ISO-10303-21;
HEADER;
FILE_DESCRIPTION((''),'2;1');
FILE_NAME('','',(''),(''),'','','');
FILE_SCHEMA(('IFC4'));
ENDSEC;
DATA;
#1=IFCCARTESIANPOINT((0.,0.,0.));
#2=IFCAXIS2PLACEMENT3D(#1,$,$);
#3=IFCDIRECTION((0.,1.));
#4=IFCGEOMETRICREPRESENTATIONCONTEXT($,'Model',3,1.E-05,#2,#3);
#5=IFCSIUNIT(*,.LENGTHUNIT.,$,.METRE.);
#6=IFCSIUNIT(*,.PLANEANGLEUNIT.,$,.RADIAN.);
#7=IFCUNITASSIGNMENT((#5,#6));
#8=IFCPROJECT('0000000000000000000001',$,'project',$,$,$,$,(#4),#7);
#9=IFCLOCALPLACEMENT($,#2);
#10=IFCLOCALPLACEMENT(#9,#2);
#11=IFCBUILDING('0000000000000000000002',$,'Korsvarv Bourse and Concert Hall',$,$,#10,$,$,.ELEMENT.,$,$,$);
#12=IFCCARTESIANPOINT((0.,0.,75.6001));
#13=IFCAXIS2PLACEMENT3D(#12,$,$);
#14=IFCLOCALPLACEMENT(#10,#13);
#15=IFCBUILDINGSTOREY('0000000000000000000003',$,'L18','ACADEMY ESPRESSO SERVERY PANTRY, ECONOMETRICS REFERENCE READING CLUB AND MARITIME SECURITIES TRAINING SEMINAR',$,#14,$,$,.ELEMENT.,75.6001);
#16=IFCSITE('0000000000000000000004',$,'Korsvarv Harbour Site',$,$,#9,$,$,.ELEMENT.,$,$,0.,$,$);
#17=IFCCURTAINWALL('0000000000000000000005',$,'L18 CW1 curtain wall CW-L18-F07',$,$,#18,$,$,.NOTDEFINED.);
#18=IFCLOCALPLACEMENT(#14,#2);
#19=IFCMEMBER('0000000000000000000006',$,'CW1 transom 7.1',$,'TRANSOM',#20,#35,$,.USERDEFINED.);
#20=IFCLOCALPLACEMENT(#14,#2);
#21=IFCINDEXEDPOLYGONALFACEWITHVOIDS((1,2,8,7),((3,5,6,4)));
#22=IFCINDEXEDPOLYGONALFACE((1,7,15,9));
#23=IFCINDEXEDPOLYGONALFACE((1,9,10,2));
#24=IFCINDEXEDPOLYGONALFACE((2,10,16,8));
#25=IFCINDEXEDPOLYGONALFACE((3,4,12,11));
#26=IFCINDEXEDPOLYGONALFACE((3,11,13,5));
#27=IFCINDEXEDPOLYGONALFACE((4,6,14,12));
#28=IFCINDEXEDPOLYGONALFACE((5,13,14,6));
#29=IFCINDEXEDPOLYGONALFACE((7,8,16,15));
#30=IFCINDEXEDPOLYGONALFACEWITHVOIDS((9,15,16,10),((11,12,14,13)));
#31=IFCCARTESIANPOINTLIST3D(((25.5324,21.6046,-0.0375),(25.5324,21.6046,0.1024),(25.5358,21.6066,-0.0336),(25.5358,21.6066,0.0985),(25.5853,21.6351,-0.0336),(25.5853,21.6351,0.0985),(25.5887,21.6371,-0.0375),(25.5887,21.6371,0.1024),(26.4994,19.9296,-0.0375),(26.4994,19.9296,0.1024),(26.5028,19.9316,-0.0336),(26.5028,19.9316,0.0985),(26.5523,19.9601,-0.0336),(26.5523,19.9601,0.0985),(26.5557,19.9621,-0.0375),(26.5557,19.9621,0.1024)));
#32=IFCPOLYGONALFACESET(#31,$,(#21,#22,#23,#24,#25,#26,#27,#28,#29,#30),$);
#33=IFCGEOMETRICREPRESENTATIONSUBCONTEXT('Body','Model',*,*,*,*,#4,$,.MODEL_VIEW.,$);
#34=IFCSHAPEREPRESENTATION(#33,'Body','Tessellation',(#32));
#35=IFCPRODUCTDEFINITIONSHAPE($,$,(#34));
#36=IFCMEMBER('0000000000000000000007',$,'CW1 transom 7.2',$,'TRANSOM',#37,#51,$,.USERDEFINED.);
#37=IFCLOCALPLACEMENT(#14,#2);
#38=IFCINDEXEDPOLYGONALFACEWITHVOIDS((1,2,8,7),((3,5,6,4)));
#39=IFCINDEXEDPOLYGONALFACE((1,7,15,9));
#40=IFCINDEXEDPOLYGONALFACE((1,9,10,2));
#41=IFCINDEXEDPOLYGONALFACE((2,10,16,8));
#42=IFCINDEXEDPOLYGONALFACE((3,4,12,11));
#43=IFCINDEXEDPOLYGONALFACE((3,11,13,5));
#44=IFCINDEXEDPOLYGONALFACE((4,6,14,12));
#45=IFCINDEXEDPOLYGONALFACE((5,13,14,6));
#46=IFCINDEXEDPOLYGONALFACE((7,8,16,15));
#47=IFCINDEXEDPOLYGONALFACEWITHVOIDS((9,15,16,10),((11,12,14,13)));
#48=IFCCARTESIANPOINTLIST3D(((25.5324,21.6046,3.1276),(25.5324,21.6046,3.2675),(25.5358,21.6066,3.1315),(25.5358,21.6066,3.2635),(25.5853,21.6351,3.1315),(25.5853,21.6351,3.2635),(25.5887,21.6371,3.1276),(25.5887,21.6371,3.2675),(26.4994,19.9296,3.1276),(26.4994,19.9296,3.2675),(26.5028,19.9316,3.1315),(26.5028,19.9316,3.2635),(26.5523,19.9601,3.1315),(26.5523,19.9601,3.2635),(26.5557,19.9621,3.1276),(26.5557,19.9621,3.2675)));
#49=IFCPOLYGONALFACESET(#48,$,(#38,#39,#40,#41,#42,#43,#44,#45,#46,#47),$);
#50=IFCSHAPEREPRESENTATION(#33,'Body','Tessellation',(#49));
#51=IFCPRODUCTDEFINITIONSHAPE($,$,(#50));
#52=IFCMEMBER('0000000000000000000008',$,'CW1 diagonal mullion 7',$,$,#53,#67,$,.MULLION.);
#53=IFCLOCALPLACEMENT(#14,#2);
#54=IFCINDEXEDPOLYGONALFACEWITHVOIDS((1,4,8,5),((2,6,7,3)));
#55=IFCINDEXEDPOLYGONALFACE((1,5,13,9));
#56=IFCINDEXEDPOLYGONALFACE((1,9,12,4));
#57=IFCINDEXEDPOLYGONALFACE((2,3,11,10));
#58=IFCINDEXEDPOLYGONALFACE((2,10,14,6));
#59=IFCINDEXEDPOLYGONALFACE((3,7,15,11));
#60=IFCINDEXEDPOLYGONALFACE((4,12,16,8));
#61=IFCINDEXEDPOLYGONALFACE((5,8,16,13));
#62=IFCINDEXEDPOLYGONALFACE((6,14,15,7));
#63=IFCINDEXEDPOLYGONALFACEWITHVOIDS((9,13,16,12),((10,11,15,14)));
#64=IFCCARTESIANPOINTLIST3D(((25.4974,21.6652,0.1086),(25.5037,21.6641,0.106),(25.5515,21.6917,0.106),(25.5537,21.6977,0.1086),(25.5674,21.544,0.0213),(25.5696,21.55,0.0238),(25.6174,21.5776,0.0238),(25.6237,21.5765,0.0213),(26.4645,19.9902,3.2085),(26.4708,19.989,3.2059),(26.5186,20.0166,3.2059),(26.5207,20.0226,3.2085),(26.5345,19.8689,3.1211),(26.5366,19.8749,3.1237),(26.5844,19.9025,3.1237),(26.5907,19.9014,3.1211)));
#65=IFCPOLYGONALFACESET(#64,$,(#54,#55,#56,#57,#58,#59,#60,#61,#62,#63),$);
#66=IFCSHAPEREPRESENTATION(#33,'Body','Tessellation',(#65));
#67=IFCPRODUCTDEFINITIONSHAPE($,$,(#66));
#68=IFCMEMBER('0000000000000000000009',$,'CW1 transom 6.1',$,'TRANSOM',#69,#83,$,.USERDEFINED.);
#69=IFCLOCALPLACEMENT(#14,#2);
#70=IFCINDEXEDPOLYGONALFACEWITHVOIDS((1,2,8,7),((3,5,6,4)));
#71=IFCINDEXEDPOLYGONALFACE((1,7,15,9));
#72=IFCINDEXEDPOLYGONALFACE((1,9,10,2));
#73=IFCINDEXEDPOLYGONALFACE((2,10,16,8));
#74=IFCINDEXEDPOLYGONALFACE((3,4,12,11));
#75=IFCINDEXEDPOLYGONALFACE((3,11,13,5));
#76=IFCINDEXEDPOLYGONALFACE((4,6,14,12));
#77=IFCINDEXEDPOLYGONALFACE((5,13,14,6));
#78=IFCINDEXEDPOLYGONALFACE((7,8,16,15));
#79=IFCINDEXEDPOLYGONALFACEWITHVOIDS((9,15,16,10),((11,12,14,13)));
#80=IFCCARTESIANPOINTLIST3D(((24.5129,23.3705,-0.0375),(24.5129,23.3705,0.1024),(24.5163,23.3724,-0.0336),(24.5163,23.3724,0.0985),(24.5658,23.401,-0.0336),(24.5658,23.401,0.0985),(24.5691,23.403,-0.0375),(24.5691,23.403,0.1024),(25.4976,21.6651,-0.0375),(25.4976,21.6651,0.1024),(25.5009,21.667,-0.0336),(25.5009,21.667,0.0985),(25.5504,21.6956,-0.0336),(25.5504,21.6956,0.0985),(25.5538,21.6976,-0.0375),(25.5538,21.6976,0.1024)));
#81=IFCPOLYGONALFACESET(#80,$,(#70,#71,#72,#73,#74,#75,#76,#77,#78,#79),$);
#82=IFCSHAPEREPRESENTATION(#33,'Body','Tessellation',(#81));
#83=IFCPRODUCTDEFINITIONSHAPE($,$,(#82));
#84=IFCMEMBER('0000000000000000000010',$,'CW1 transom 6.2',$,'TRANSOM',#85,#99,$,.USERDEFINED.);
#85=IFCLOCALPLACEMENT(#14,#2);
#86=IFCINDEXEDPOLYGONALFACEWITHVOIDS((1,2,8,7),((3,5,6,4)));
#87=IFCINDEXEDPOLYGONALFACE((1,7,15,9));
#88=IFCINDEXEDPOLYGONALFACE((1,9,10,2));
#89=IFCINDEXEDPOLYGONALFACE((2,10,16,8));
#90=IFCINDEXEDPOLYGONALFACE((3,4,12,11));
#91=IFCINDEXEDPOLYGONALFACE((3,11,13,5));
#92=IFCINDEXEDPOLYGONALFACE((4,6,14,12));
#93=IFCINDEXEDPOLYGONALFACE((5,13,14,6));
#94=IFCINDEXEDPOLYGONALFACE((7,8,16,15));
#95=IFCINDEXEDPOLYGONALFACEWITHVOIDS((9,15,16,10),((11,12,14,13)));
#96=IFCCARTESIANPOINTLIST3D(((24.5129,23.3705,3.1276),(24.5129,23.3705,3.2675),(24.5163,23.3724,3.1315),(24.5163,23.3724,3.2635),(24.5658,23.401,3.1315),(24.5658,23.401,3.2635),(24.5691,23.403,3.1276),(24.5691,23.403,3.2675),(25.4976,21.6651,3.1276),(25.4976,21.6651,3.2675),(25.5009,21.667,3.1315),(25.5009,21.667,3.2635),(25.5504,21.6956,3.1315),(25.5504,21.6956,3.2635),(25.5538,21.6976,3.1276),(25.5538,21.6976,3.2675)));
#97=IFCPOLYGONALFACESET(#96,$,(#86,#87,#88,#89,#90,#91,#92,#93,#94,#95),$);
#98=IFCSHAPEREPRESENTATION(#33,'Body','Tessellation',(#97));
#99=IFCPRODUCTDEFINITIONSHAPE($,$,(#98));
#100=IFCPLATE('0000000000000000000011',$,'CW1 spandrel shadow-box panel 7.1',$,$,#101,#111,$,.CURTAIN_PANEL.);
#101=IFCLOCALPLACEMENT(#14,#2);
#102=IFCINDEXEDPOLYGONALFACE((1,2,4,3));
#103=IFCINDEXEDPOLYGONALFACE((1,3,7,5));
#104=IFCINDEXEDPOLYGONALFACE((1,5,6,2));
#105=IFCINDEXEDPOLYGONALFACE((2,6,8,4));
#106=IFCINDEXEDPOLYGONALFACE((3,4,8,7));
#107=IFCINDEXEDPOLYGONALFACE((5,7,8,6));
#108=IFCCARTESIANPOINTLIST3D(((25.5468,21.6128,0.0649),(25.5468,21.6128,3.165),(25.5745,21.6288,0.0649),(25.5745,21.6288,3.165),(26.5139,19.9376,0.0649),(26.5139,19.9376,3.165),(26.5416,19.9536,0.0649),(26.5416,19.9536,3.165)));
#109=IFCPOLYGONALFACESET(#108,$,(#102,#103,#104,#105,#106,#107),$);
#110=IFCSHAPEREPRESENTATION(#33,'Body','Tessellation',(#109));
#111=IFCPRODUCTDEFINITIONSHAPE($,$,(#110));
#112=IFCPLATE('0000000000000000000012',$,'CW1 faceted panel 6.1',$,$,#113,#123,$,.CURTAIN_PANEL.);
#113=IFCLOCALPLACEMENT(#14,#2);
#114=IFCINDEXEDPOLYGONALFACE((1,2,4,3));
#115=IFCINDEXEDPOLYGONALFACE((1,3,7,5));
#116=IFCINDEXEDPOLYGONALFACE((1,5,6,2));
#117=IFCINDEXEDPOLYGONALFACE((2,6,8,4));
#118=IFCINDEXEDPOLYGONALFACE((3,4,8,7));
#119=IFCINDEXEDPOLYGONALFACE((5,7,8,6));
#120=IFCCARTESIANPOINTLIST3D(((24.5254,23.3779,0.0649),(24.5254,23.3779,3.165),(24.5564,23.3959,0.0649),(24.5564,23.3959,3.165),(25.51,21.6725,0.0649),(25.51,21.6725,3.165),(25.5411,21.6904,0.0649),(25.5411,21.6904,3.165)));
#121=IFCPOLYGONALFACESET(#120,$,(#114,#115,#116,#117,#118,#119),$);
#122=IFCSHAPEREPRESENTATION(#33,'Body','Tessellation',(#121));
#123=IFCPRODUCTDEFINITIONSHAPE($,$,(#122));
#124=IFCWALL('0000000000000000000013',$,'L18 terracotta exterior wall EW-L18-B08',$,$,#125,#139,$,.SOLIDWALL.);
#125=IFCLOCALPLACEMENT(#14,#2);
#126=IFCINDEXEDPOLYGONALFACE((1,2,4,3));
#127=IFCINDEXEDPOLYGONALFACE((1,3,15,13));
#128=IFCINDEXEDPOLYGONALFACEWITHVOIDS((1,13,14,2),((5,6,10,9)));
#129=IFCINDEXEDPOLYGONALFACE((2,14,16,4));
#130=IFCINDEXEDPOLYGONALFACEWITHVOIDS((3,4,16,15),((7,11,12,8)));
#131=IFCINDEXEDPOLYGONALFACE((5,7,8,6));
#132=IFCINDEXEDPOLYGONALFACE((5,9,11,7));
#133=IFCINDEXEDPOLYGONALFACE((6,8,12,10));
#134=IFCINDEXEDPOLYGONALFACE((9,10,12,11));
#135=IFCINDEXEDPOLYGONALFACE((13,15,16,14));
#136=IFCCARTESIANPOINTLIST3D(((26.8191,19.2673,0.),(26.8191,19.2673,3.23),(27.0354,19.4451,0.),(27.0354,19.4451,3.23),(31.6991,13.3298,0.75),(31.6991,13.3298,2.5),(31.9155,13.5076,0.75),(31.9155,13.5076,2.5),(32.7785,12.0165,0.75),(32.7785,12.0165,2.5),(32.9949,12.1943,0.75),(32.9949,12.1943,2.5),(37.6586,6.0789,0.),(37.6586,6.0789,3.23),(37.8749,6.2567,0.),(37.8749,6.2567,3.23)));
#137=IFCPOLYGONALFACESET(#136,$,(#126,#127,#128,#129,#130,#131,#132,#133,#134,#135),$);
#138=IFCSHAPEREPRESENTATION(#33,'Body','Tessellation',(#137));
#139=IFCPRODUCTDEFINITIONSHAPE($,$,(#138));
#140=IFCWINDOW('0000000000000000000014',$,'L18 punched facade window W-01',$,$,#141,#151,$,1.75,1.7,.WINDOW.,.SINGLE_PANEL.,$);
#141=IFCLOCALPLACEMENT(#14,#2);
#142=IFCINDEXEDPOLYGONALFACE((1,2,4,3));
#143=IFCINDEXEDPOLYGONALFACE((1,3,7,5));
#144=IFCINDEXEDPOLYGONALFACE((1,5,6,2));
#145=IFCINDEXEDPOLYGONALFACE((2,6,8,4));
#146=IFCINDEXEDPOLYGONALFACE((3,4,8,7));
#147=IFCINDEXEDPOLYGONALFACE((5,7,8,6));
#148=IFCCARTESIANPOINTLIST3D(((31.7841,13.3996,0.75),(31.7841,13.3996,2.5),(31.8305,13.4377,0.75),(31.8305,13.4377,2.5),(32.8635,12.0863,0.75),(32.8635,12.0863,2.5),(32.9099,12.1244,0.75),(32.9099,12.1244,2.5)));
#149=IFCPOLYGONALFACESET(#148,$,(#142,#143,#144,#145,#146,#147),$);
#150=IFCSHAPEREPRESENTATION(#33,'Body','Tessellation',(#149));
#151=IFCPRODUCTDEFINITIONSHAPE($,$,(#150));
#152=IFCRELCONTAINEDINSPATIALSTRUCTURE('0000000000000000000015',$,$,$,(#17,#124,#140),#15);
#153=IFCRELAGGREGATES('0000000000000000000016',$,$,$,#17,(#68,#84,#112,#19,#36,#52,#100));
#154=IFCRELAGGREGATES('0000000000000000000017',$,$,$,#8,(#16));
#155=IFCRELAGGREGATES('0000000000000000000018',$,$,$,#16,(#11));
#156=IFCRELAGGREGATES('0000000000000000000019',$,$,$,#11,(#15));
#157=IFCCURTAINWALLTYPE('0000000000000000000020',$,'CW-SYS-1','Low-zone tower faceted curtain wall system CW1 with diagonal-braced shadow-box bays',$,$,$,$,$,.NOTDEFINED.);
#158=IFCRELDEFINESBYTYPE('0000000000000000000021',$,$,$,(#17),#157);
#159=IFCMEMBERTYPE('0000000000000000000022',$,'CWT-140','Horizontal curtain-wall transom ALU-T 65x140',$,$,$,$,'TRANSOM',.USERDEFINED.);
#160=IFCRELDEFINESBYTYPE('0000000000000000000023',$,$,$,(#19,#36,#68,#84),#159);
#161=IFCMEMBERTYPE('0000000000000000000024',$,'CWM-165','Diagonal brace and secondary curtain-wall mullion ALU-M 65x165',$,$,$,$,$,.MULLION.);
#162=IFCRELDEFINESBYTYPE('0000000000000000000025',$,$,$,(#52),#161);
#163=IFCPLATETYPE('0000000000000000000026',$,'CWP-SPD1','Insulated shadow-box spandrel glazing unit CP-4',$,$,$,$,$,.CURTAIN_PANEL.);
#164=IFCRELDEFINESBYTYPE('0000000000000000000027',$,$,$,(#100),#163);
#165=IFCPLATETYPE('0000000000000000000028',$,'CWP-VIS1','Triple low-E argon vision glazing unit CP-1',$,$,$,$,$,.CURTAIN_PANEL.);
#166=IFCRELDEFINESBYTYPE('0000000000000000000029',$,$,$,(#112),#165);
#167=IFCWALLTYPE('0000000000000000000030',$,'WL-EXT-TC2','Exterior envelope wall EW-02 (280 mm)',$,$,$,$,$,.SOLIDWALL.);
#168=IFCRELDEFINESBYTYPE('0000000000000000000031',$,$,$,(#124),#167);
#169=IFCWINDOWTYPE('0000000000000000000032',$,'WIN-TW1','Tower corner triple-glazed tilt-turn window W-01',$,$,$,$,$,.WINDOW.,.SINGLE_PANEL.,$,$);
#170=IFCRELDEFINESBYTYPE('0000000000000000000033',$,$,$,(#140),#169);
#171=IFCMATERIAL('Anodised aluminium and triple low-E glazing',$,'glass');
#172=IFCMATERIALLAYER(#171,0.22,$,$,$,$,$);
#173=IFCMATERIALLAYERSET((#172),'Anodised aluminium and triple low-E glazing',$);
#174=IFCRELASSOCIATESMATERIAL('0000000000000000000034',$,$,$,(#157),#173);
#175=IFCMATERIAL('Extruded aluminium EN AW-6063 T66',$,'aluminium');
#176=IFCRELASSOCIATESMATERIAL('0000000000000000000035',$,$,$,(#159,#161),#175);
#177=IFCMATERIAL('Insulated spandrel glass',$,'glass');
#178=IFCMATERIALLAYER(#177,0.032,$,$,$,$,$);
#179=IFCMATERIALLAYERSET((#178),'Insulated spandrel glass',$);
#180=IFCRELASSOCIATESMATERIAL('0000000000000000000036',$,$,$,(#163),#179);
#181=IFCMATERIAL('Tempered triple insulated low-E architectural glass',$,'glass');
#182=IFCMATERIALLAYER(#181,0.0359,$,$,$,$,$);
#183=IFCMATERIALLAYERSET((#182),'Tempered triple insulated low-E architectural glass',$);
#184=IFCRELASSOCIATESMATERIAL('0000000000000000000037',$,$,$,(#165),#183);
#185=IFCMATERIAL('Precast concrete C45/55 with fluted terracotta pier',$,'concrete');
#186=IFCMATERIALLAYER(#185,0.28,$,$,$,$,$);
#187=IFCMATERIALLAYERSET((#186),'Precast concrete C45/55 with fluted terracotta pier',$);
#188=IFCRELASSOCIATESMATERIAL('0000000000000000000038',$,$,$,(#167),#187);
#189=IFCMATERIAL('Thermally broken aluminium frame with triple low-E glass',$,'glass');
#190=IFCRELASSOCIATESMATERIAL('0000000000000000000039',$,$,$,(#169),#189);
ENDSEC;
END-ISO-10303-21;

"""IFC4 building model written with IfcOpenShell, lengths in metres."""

from ifc_helpers import new_model, si_unit, direction, frame, frame_2d, origin, origin_2d, place, context, subcontext, project, spatial, rectangle, hollow_rectangle, extrude, source, transform, mapped, material, layer, layer_set, material_profile, profile_set, type_object, element, fill, aggregate, save


model = new_model("IFC4")

# Units and contexts
model_context = context("Model", 3, precision=1e-05, world=origin(), true_north=direction((0.0, 1.0)))
body_context = subcontext(model_context, "Body", "Model", "MODEL_VIEW")
ifc_project = project(units=[si_unit("LENGTHUNIT", "METRE"), si_unit("PLANEANGLEUNIT", "RADIAN")], contexts=[model_context])

# Site, building, storey
site_placement = place(None, origin())
site = spatial("IfcSite", under=ifc_project, at=site_placement, Name="Korsvarv Harbour Site", CompositionType="ELEMENT", RefElevation=0.0)
building_placement = place(site_placement, origin())
building = spatial("IfcBuilding", under=site, at=building_placement, Name="Korsvarv Bourse and Concert Hall", CompositionType="ELEMENT")
storey_placement = place(building_placement, frame((0.0, 0.0, 75.6001)))
storey = spatial("IfcBuildingStorey", under=building, at=storey_placement, Name="L18", Description="ACADEMY ESPRESSO SERVERY PANTRY, ECONOMETRICS REFERENCE READING CLUB AND MARITIME SECURITIES TRAINING SEMINAR", CompositionType="ELEMENT", Elevation=75.6001)

# Curtain wall, members, plates
ifc_material_1 = material(Name="Anodised aluminium and triple low-E glazing", Category="glass")
ifc_layer_1 = layer(ifc_material_1, 0.22)
ifc_layer_set_1 = layer_set([ifc_layer_1], Name="Anodised aluminium and triple low-E glazing")
curtain_wall_type = type_object("IfcCurtainWallType", Name="CW-SYS-1", Description="Low-zone tower faceted curtain wall system CW1 with diagonal-braced shadow-box bays", PredefinedType="NOTDEFINED", material=ifc_layer_set_1)
curtain_wall_placement = place(storey_placement, origin())
curtain_wall = element("IfcCurtainWall", 1, at=curtain_wall_placement, inside=storey, type_object=curtain_wall_type, Name="L18 CW1 curtain wall CW-L18-F07", PredefinedType="NOTDEFINED")
ifc_material_2 = material(Name="Extruded aluminium EN AW-6063 T66", Category="aluminium")
ifc_material_profile_1 = material_profile(ifc_material_2, hollow_rectangle(XDim=0.0649, YDim=0.1399, WallThickness=0.0039, at=origin_2d()), Name="ALU-T 65x140")
ifc_profile_set_1 = profile_set([ifc_material_profile_1], Name="Extruded aluminium EN AW-6063 T66")
member_type_1 = type_object("IfcMemberType", Name="CWT-140", Description="Horizontal curtain-wall transom ALU-T 65x140", ElementType="TRANSOM", PredefinedType="USERDEFINED", material=ifc_profile_set_1)
shared_shape_1 = source(origin(), body_context, "Body", "SweptSolid", [
    extrude(hollow_rectangle(XDim=0.0649, YDim=0.1399, WallThickness=0.0039, at=origin_2d()), origin(), (0.0, 0.0, 1.0), 1.9341),
])
member_1_placement = place(storey_placement, frame((25.5605, 21.6208, 0.0325), z_axis=(0.499981, -0.866036, 0.0), x_axis=(0.866036, 0.499981, 0.0)))
member_1 = element("IfcMember", 2, at=member_1_placement, type_object=member_type_1, Name="CW1 transom 7.1", ObjectType="TRANSOM", PredefinedType="USERDEFINED", context=body_context, shape_type="MappedRepresentation", body=[
    mapped(shared_shape_1, transform((0.0, 0.0, 0.0), scale=1.0)),
])
member_2_placement = place(storey_placement, frame((25.5605, 21.6208, 3.1975), z_axis=(0.499981, -0.866036, 0.0), x_axis=(0.866036, 0.499981, 0.0)))
member_2 = element("IfcMember", 3, at=member_2_placement, type_object=member_type_1, Name="CW1 transom 7.2", ObjectType="TRANSOM", PredefinedType="USERDEFINED", context=body_context, shape_type="MappedRepresentation", body=[
    mapped(shared_shape_1, transform((0.0, 0.0, 0.0), scale=1.0)),
])
ifc_material_profile_2 = material_profile(ifc_material_2, hollow_rectangle(XDim=0.0649, YDim=0.165, WallThickness=0.0049, at=origin_2d()), Name="ALU-M 65x165")
ifc_profile_set_2 = profile_set([ifc_material_profile_2], Name="Extruded aluminium EN AW-6063 T66")
member_type_2 = type_object("IfcMemberType", Name="CWM-165", Description="Diagonal brace and secondary curtain-wall mullion ALU-M 65x165", PredefinedType="MULLION", material=ifc_profile_set_2)
shared_shape_2 = source(origin(), body_context, "Body", "SweptSolid", [
    extrude(hollow_rectangle(XDim=0.0649, YDim=0.165, WallThickness=0.0049, at=origin_2d()), origin(), (0.0, 0.0, 1.0), 3.6538),
])
member_3_placement = place(storey_placement, frame((25.5605, 21.6208, 0.0649), z_axis=(0.264669, -0.458444, 0.848398), x_axis=(0.866036, 0.499981, 0.0)))
member_3 = element("IfcMember", 4, at=member_3_placement, type_object=member_type_2, Name="CW1 diagonal mullion 7", PredefinedType="MULLION", context=body_context, shape_type="MappedRepresentation", body=[
    mapped(shared_shape_2, transform((0.0, 0.0, 0.0), scale=1.0)),
])
shared_shape_3 = source(origin(), body_context, "Body", "SweptSolid", [
    extrude(hollow_rectangle(XDim=0.0649, YDim=0.1399, WallThickness=0.0039, at=origin_2d()), origin(), (0.0, 0.0, 1.0), 1.9692),
])
member_4_placement = place(storey_placement, frame((24.541, 23.3867, 0.0325), z_axis=(0.500019, -0.866014, 0.0), x_axis=(0.866014, 0.500019, 0.0)))
member_4 = element("IfcMember", 5, at=member_4_placement, type_object=member_type_1, Name="CW1 transom 6.1", ObjectType="TRANSOM", PredefinedType="USERDEFINED", context=body_context, shape_type="MappedRepresentation", body=[
    mapped(shared_shape_3, transform((0.0, 0.0, 0.0), scale=1.0)),
])
member_5_placement = place(storey_placement, frame((24.541, 23.3867, 3.1975), z_axis=(0.500019, -0.866014, 0.0), x_axis=(0.866014, 0.500019, 0.0)))
member_5 = element("IfcMember", 6, at=member_5_placement, type_object=member_type_1, Name="CW1 transom 6.2", ObjectType="TRANSOM", PredefinedType="USERDEFINED", context=body_context, shape_type="MappedRepresentation", body=[
    mapped(shared_shape_3, transform((0.0, 0.0, 0.0), scale=1.0)),
])
ifc_material_3 = material(Name="Insulated spandrel glass", Category="glass")
ifc_layer_2 = layer(ifc_material_3, 0.032)
ifc_layer_set_2 = layer_set([ifc_layer_2], Name="Insulated spandrel glass")
plate_type_1 = type_object("IfcPlateType", Name="CWP-SPD1", Description="Insulated shadow-box spandrel glazing unit CP-4", PredefinedType="CURTAIN_PANEL", material=ifc_layer_set_2)
shared_shape_4 = source(origin(), body_context, "Body", "SweptSolid", [
    extrude(rectangle(XDim=1.9343, YDim=0.032, at=origin_2d()), origin(), (0.0, 0.0, 1.0), 3.1001),
])
plate_1_placement = place(storey_placement, frame((26.0442, 20.7832, 0.0649), z_axis=(0.0, 0.0, 1.0), x_axis=(0.500002, -0.866024, 0.0)))
plate_1 = element("IfcPlate", 7, at=plate_1_placement, type_object=plate_type_1, Name="CW1 spandrel shadow-box panel 7.1", PredefinedType="CURTAIN_PANEL", context=body_context, shape_type="MappedRepresentation", body=[
    mapped(shared_shape_4, transform((0.0, 0.0, 0.0), scale=1.0)),
])
ifc_material_4 = material(Name="Tempered triple insulated low-E architectural glass", Category="glass")
ifc_layer_3 = layer(ifc_material_4, 0.0359)
ifc_layer_set_3 = layer_set([ifc_layer_3], Name="Tempered triple insulated low-E architectural glass")
plate_type_2 = type_object("IfcPlateType", Name="CWP-VIS1", Description="Triple low-E argon vision glazing unit CP-1", PredefinedType="CURTAIN_PANEL", material=ifc_layer_set_3)
shared_shape_5 = source(origin(), body_context, "Body", "SweptSolid", [
    extrude(rectangle(XDim=1.9692, YDim=0.0359, at=origin_2d()), origin(), (0.0, 0.0, 1.0), 3.1001),
])
plate_2_placement = place(storey_placement, frame((25.0332, 22.5342, 0.0649), z_axis=(0.0, 0.0, 1.0), x_axis=(0.500002, -0.866024, 0.0)))
plate_2 = element("IfcPlate", 8, at=plate_2_placement, type_object=plate_type_2, Name="CW1 faceted panel 6.1", PredefinedType="CURTAIN_PANEL", context=body_context, shape_type="MappedRepresentation", body=[
    mapped(shared_shape_5, transform((0.0, 0.0, 0.0), scale=1.0)),
])
aggregate(curtain_wall, [member_4, member_5, plate_2, member_1, member_2, member_3, plate_1])

# Wall, opening, window
ifc_material_5 = material(Name="Precast concrete C45/55 with fluted terracotta pier", Category="concrete")
ifc_layer_4 = layer(ifc_material_5, 0.28)
ifc_layer_set_4 = layer_set([ifc_layer_4], Name="Precast concrete C45/55 with fluted terracotta pier")
wall_type_1 = type_object("IfcWallType", Name="WL-EXT-TC2", Description="Exterior envelope wall EW-02 (280 mm)", PredefinedType="SOLIDWALL", material=ifc_layer_set_4)
wall_1_placement = place(storey_placement, frame((26.9272, 19.3562, 0.0), z_axis=(0.0, 0.0, 1.0), x_axis=(0.634957, -0.772548, 0.0)))
wall_1 = element("IfcWall", 9, at=wall_1_placement, inside=storey, type_object=wall_type_1, Name="L18 terracotta exterior wall EW-L18-B08", PredefinedType="SOLIDWALL", context=body_context, shape_type="SweptSolid", body=[
    extrude(rectangle(XDim=17.0713, YDim=0.28, at=frame_2d((8.5356, 0.0))), origin(), (0.0, 0.0, 1.0), 3.23),
])
opening_1_placement = place(wall_1_placement, frame((7.6855, 0.0, 0.75)))
opening_1 = element("IfcOpeningElement", 10, at=opening_1_placement, cuts=wall_1, PredefinedType="OPENING", context=body_context, shape_type="SweptSolid", body=[
    extrude(rectangle(XDim=1.7, YDim=1.75, at=frame_2d((0.8501, 0.875))), frame((0.0, 0.1499, 0.0), z_axis=(0.0, -1.0, 0.0), x_axis=(1.0, 0.0, 0.0)), (0.0, 0.0, 1.0), 0.3),
])
ifc_material_6 = material(Name="Thermally broken aluminium frame with triple low-E glass", Category="glass")
window_type = type_object("IfcWindowType", Name="WIN-TW1", Description="Tower corner triple-glazed tilt-turn window W-01", PartitioningType="SINGLE_PANEL", PredefinedType="WINDOW", material=ifc_material_6)
window_placement = place(opening_1_placement, origin())
window = element("IfcWindow", 11, at=window_placement, inside=storey, type_object=window_type, Name="L18 punched facade window W-01", OverallHeight=1.75, OverallWidth=1.7, PartitioningType="SINGLE_PANEL", PredefinedType="WINDOW", context=body_context, shape_type="SweptSolid", body=[
    extrude(rectangle(XDim=1.7, YDim=1.75, at=frame_2d((0.8501, 0.875))), frame((0.0, 0.03, 0.0), z_axis=(0.0, -1.0, 0.0), x_axis=(1.0, 0.0, 0.0)), (0.0, 0.0, 1.0), 0.0601),
])
fill(opening_1, window)

save(model, "model.ifc")
